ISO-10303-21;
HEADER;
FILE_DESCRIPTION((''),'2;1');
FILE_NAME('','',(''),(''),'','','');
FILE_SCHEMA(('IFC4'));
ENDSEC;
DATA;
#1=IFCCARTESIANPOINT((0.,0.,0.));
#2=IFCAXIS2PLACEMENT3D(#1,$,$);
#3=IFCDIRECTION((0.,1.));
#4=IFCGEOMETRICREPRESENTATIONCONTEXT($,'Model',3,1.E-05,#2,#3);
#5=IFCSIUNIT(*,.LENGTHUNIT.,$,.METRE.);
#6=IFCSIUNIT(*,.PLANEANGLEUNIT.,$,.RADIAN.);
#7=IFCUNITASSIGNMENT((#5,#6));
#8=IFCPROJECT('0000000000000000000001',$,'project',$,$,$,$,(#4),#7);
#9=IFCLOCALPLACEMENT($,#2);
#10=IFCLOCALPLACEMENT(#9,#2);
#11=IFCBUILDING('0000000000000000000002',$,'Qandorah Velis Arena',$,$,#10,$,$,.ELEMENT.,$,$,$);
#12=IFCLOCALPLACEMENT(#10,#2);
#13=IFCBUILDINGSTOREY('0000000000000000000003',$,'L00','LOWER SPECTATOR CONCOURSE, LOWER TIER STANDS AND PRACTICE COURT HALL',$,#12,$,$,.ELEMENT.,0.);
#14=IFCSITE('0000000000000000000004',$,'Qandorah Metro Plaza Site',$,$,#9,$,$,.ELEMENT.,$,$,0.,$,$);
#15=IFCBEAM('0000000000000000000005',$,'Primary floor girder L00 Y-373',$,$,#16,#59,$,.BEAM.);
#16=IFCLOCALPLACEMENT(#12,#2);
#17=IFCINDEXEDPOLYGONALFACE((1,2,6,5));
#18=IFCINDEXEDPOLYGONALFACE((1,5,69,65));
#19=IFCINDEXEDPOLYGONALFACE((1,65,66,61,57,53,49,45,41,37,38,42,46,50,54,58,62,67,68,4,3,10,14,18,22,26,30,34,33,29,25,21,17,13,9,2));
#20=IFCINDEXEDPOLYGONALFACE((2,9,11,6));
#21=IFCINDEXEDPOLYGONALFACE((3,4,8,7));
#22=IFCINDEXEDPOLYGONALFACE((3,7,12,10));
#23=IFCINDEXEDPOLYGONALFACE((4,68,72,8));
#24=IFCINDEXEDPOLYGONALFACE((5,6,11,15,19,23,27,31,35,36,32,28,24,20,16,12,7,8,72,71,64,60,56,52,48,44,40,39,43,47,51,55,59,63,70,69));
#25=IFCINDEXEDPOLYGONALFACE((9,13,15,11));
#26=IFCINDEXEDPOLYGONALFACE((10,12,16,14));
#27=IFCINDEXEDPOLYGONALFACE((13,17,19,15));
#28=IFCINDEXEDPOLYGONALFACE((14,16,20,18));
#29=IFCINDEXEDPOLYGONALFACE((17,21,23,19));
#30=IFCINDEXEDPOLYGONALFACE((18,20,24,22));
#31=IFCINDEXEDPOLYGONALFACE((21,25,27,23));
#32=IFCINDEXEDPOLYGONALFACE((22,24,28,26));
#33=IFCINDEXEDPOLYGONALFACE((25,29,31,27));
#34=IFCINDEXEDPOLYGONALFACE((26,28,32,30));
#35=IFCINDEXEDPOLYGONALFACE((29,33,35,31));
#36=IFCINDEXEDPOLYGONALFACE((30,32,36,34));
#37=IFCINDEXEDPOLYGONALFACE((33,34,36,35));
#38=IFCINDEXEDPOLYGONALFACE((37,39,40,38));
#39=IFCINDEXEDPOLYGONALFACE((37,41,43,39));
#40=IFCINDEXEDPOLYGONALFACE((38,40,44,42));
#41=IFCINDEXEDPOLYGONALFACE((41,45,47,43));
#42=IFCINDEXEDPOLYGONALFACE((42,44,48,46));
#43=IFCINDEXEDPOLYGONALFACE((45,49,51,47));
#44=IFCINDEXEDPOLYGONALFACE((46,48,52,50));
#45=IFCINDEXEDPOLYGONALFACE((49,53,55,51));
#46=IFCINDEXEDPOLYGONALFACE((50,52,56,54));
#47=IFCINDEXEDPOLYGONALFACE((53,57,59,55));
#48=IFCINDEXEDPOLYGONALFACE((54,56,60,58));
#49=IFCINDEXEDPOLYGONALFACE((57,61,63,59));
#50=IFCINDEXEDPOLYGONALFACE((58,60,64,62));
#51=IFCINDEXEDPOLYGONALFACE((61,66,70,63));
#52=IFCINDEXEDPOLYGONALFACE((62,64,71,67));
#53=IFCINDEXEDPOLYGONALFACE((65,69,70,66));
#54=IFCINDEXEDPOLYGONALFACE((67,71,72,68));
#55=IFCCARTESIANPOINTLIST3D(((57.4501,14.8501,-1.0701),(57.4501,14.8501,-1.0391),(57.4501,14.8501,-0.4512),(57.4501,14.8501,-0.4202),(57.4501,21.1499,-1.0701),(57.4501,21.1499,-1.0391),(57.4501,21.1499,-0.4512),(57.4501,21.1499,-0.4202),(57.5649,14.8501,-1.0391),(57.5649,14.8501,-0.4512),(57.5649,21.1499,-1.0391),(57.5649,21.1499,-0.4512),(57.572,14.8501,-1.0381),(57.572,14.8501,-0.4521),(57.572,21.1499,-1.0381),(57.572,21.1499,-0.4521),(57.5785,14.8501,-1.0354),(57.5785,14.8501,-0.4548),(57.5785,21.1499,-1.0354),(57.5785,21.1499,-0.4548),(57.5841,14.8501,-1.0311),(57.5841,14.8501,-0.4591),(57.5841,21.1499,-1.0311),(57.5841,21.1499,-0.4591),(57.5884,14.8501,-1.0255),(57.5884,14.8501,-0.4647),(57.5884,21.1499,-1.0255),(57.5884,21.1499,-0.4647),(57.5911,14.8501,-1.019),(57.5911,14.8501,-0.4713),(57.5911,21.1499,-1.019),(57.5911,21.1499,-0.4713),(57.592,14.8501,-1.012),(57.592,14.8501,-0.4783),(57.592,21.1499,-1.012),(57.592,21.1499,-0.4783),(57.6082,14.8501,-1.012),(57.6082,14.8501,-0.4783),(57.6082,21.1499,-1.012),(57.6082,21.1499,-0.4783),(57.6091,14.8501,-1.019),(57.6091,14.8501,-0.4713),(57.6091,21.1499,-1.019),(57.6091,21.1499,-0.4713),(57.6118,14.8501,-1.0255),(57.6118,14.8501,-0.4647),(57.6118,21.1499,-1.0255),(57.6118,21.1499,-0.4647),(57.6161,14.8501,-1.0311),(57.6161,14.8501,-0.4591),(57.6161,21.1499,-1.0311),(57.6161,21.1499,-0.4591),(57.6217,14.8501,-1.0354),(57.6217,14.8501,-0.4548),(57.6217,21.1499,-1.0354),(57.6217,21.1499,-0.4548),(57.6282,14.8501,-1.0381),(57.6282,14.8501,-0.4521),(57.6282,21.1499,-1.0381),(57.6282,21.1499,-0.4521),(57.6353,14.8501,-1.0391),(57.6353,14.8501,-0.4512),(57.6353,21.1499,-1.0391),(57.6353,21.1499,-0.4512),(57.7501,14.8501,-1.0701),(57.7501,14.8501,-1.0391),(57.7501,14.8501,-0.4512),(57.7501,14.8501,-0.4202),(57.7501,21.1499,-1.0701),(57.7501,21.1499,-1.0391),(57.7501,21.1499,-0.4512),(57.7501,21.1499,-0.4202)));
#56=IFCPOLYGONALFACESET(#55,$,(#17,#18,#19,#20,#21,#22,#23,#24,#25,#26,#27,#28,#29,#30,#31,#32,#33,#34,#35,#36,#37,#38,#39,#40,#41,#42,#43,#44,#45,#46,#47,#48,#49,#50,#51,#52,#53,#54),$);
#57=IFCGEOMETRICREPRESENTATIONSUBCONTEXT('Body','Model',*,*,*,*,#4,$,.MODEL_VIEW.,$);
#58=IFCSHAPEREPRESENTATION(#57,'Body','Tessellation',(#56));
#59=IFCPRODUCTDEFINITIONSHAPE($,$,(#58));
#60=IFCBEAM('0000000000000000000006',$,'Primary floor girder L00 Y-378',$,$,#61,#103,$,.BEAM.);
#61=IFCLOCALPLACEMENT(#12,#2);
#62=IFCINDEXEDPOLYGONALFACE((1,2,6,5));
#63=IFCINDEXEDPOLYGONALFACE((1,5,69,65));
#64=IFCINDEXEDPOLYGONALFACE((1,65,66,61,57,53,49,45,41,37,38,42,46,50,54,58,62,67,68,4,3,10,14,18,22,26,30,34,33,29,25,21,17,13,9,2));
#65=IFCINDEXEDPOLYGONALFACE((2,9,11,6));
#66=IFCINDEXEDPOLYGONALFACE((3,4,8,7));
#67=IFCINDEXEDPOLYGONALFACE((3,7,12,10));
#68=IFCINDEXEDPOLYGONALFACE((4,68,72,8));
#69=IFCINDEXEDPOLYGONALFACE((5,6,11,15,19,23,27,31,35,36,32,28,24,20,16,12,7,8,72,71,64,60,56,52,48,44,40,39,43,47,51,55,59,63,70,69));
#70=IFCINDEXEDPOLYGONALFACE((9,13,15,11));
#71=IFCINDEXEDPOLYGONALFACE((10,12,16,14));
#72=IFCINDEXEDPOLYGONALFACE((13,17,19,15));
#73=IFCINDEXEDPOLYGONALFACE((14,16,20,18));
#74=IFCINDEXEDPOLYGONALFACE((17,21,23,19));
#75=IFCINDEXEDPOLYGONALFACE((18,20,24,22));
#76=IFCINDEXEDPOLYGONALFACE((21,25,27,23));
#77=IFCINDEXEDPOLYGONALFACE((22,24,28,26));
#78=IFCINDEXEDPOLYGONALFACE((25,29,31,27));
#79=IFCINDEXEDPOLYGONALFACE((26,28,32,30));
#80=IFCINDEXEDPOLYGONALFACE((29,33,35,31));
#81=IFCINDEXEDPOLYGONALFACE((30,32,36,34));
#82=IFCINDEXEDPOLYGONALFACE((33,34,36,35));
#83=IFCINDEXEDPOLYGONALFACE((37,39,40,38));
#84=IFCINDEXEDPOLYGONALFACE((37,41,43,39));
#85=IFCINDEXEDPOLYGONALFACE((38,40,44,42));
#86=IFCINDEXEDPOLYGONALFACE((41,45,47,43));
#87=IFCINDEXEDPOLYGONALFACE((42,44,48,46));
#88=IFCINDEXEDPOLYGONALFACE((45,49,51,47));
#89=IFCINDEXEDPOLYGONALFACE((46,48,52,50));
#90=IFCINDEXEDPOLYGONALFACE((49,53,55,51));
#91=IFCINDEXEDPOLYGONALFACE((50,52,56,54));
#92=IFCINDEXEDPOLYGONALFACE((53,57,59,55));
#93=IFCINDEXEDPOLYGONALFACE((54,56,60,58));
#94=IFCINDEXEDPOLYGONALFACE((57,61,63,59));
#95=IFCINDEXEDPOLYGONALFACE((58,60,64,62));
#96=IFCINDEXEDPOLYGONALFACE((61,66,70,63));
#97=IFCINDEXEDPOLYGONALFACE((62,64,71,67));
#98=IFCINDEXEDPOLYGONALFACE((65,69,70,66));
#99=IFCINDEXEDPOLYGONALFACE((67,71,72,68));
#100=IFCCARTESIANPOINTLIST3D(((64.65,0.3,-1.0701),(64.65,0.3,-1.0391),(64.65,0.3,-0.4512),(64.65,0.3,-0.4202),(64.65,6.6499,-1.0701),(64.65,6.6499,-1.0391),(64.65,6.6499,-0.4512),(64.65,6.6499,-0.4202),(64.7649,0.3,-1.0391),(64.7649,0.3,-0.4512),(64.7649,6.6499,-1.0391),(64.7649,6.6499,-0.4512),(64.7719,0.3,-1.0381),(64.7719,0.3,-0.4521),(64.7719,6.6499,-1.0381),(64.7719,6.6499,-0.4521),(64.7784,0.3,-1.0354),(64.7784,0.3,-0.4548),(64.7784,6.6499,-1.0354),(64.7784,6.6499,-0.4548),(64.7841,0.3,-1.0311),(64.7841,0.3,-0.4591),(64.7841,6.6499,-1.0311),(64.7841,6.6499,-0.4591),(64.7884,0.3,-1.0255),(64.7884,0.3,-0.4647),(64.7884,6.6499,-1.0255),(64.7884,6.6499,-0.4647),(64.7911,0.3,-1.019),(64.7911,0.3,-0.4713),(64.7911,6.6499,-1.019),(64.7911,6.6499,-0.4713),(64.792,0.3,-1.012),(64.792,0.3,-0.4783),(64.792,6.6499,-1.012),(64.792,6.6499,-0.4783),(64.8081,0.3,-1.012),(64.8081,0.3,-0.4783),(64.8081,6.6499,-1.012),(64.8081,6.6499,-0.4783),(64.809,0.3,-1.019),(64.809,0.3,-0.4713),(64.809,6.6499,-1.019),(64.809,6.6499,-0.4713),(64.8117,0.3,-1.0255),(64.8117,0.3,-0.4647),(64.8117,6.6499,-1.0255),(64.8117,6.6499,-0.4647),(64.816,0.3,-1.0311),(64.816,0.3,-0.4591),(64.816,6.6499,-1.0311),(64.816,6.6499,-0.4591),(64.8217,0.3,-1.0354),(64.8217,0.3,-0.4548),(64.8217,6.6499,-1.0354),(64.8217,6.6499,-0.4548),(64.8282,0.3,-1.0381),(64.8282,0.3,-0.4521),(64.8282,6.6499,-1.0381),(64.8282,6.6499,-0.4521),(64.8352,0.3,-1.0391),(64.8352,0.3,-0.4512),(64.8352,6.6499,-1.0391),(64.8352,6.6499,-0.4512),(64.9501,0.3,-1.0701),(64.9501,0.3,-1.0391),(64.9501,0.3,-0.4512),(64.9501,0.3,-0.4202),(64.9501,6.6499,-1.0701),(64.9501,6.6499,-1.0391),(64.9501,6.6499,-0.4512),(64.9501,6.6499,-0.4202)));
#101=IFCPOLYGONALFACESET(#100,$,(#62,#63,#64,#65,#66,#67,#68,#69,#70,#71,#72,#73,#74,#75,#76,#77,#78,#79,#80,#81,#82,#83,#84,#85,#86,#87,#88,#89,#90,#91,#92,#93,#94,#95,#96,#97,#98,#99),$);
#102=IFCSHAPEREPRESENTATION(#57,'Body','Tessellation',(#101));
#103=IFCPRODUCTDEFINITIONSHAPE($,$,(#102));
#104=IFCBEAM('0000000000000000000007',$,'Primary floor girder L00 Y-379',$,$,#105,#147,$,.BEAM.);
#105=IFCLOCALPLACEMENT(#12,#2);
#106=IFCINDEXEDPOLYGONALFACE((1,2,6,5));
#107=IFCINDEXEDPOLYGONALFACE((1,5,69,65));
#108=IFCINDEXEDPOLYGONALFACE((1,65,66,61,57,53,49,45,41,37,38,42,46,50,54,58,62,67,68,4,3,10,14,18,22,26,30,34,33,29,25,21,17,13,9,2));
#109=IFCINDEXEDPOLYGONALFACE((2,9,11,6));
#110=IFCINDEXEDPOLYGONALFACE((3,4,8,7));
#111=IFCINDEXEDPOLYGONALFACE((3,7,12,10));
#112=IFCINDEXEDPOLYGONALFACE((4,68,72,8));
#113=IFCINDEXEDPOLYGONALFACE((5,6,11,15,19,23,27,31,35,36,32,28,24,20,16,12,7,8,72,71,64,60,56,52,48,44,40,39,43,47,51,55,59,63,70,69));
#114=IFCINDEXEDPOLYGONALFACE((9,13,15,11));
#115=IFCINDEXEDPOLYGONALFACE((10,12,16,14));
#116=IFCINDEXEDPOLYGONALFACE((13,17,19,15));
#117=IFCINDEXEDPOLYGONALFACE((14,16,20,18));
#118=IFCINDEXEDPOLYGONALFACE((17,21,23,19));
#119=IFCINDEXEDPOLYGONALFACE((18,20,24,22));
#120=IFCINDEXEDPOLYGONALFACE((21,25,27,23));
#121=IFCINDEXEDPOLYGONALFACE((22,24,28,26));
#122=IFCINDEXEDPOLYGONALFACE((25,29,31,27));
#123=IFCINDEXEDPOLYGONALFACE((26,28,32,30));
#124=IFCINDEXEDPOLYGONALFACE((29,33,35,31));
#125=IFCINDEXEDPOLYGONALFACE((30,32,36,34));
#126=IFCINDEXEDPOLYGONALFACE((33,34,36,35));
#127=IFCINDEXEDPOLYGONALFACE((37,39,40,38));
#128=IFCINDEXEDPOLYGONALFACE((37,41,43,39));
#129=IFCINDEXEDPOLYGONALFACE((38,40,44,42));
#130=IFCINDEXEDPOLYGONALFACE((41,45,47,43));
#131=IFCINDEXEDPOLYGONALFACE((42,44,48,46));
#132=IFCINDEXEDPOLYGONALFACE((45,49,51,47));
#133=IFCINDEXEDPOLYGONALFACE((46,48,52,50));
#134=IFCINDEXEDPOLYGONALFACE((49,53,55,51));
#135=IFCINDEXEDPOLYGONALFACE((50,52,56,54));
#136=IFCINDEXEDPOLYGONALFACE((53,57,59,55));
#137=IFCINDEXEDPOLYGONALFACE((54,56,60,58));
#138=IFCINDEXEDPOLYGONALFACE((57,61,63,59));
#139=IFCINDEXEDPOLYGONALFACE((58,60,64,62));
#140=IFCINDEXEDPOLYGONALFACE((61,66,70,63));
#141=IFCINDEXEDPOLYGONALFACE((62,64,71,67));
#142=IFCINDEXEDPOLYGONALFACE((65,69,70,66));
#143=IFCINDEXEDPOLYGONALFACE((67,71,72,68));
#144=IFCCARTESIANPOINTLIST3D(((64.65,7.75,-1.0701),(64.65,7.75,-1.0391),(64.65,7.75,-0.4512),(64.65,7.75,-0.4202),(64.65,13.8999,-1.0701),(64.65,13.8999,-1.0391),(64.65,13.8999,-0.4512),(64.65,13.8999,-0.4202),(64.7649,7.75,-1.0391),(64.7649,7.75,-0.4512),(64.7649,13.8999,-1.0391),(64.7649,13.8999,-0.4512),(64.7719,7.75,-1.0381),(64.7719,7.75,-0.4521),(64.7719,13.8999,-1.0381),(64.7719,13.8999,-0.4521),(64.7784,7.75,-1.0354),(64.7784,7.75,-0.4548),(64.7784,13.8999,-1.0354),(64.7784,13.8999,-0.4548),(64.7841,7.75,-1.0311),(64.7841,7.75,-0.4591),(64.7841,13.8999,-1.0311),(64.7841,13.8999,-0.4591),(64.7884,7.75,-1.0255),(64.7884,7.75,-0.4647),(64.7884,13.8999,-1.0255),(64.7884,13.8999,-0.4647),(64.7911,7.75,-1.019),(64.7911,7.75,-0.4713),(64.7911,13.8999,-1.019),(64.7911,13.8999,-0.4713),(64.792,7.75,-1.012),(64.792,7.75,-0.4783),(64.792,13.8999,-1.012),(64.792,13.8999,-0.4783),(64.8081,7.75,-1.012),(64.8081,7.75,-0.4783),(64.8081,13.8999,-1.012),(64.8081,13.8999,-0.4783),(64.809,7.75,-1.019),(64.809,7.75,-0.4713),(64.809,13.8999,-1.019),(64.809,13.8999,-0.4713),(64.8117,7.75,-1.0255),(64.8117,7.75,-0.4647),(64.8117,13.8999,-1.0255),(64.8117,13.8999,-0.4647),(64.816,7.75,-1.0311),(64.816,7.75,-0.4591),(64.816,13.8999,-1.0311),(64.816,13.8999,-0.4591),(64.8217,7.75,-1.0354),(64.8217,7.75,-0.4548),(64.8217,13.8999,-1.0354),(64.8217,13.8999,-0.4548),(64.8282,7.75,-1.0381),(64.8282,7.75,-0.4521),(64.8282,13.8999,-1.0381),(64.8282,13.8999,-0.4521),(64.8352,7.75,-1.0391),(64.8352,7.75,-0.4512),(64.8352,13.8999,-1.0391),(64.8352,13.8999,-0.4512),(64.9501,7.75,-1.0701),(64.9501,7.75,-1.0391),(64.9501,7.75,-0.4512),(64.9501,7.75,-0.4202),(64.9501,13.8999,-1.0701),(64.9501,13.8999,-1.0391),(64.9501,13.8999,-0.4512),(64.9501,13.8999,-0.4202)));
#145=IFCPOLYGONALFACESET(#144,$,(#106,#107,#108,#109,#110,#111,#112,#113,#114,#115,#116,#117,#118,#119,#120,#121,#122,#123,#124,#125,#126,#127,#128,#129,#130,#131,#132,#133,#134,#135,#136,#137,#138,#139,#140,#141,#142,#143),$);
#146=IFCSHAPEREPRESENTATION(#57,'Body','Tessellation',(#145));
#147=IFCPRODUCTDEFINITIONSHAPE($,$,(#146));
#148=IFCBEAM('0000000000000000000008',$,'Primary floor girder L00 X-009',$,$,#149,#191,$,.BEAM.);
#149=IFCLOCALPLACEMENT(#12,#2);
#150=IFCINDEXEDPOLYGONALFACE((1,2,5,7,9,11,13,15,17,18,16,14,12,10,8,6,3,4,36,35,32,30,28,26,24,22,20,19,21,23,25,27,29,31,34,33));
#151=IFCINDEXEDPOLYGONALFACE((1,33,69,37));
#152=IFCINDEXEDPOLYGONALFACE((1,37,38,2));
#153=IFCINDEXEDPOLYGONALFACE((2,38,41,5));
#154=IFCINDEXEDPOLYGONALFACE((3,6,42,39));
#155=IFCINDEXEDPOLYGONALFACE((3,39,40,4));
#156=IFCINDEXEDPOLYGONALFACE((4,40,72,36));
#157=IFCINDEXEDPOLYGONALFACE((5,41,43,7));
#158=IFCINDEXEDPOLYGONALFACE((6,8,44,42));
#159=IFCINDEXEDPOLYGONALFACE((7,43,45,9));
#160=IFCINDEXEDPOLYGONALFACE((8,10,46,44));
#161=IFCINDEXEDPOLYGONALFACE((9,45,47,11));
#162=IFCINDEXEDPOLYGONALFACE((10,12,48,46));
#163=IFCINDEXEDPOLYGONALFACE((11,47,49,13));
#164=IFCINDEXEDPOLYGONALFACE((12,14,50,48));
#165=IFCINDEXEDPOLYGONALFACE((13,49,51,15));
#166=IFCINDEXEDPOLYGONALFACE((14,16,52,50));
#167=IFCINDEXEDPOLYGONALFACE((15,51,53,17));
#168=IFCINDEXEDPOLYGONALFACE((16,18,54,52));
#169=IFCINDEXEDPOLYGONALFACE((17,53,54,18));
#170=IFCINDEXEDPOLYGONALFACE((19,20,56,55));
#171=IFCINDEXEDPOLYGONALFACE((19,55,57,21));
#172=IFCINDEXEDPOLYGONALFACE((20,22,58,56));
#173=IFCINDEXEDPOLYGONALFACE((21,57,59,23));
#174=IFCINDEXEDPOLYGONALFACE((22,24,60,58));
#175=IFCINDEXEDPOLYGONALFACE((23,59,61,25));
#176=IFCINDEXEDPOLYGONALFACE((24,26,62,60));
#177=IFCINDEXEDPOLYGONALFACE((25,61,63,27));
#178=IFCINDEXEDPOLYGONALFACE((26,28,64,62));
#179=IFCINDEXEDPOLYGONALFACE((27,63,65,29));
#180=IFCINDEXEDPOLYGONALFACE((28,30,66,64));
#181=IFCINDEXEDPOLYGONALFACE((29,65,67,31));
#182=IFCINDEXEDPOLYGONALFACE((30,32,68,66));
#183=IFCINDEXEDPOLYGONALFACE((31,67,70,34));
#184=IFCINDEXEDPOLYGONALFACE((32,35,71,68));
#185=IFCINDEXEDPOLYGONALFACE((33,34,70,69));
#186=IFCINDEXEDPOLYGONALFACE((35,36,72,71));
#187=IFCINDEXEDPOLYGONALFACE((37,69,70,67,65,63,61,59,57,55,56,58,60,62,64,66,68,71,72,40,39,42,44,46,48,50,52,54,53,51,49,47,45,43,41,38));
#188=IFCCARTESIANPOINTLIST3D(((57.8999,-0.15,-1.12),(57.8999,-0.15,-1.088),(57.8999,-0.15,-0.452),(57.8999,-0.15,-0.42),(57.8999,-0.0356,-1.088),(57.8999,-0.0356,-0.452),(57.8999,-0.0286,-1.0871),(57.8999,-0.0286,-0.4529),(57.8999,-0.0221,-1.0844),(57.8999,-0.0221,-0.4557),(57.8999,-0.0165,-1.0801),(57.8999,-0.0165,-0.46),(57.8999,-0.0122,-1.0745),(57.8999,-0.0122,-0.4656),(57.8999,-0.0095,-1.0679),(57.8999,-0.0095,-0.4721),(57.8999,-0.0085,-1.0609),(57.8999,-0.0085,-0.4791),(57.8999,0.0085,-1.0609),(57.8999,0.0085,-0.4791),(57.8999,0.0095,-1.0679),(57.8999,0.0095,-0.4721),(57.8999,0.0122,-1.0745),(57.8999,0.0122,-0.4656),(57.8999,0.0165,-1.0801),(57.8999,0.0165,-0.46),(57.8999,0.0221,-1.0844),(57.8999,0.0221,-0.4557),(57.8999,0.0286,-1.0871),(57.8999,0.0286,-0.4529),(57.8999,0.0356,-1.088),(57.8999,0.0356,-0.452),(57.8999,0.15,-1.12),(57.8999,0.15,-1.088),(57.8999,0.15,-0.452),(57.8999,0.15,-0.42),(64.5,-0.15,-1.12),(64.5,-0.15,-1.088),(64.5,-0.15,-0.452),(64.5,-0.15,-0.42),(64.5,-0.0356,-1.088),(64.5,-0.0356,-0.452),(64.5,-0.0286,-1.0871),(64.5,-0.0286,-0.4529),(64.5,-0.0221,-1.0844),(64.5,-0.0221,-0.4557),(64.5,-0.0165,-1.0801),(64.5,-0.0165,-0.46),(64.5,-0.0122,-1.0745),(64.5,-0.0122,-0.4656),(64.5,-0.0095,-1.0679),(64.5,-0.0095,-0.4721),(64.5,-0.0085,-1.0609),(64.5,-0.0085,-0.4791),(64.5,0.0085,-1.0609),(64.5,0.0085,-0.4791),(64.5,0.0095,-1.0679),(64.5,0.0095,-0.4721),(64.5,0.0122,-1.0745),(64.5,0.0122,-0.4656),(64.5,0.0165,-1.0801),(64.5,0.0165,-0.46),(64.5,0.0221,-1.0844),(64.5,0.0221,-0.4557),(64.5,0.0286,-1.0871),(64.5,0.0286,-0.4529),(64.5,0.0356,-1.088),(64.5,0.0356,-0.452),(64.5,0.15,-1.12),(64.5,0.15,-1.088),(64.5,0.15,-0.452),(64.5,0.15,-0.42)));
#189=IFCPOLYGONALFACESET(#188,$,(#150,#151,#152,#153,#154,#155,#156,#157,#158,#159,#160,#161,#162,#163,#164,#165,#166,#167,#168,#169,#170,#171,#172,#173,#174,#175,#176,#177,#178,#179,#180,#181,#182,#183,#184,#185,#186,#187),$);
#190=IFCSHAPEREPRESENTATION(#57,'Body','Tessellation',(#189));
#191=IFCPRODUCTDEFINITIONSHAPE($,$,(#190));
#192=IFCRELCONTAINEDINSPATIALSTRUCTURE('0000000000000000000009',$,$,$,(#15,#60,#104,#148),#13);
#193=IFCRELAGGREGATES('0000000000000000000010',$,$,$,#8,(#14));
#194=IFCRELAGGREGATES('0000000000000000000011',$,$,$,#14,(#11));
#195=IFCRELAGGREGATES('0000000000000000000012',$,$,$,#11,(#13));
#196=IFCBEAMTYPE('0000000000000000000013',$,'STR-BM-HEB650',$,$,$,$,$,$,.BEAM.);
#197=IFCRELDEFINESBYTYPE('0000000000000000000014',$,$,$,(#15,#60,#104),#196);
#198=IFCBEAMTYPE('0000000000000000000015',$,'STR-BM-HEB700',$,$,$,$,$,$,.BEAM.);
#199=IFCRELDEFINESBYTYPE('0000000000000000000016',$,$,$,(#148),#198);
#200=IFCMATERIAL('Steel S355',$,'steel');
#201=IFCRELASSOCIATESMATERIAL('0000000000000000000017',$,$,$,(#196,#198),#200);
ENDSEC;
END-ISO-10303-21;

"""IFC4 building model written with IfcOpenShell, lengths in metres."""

from ifc_helpers import new_model, si_unit, direction, frame, origin, origin_2d, place, context, subcontext, project, spatial, i_section, extrude, material, material_profile, profile_set, type_object, element, save


model = new_model("IFC4")

# Units and contexts
model_context = context("Model", 3, precision=1e-05, world=origin(), true_north=direction((0.0, 1.0)))
body_context = subcontext(model_context, "Body", "Model", "MODEL_VIEW")
ifc_project = project(units=[si_unit("LENGTHUNIT", "METRE"), si_unit("PLANEANGLEUNIT", "RADIAN")], contexts=[model_context])

# Site, building, storey
site_placement = place(None, origin())
site = spatial("IfcSite", under=ifc_project, at=site_placement, Name="Qandorah Metro Plaza Site", CompositionType="ELEMENT", RefElevation=0.0)
building_placement = place(site_placement, origin())
building = spatial("IfcBuilding", under=site, at=building_placement, Name="Qandorah Velis Arena", CompositionType="ELEMENT")
storey_placement = place(building_placement, origin())
storey = spatial("IfcBuildingStorey", under=building, at=storey_placement, Name="L00", Description="LOWER SPECTATOR CONCOURSE, LOWER TIER STANDS AND PRACTICE COURT HALL", CompositionType="ELEMENT", Elevation=0.0)

# Beams
ifc_material_1 = material(Name="Steel S355", Category="steel")
ifc_material_profile_1 = material_profile(ifc_material_1, i_section(OverallWidth=0.3, OverallDepth=0.6499, WebThickness=0.0161, FlangeThickness=0.031, FilletRadius=0.0271, at=origin_2d()), Name="HEB 650")
ifc_profile_set_1 = profile_set([ifc_material_profile_1], Name="Steel S355")
beam_type_1 = type_object("IfcBeamType", Name="STR-BM-HEB650", PredefinedType="BEAM", material=ifc_profile_set_1)
beam_1_placement = place(storey_placement, frame((57.6001, 14.8501, -0.7451), z_axis=(0.0, 1.0, 0.0), x_axis=(-1.0, 0.0, 0.0)))
element("IfcBeam", 1, at=beam_1_placement, inside=storey, type_object=beam_type_1, Name="Primary floor girder L00 Y-373", PredefinedType="BEAM", context=body_context, shape_type="SweptSolid", body=[
    extrude(i_section(OverallWidth=0.3, OverallDepth=0.6499, WebThickness=0.0161, FlangeThickness=0.031, FilletRadius=0.0271, at=origin_2d()), origin(), (0.0, 0.0, 1.0), 6.2998),
])
beam_2_placement = place(storey_placement, frame((64.8, 0.3, -0.7451), z_axis=(0.0, 1.0, 0.0), x_axis=(-1.0, 0.0, 0.0)))
element("IfcBeam", 2, at=beam_2_placement, inside=storey, type_object=beam_type_1, Name="Primary floor girder L00 Y-378", PredefinedType="BEAM", context=body_context, shape_type="SweptSolid", body=[
    extrude(i_section(OverallWidth=0.3, OverallDepth=0.6499, WebThickness=0.0161, FlangeThickness=0.031, FilletRadius=0.0271, at=origin_2d()), origin(), (0.0, 0.0, 1.0), 6.3499),
])
beam_3_placement = place(storey_placement, frame((64.8, 7.75, -0.7451), z_axis=(0.0, 1.0, 0.0), x_axis=(-1.0, 0.0, 0.0)))
element("IfcBeam", 3, at=beam_3_placement, inside=storey, type_object=beam_type_1, Name="Primary floor girder L00 Y-379", PredefinedType="BEAM", context=body_context, shape_type="SweptSolid", body=[
    extrude(i_section(OverallWidth=0.3, OverallDepth=0.6499, WebThickness=0.0161, FlangeThickness=0.031, FilletRadius=0.0271, at=origin_2d()), origin(), (0.0, 0.0, 1.0), 6.1499),
])
ifc_material_profile_2 = material_profile(ifc_material_1, i_section(OverallWidth=0.3, OverallDepth=0.7, WebThickness=0.0171, FlangeThickness=0.032, FilletRadius=0.0271, at=origin_2d()), Name="HEB 700")
ifc_profile_set_2 = profile_set([ifc_material_profile_2], Name="Steel S355")
beam_type_2 = type_object("IfcBeamType", Name="STR-BM-HEB700", PredefinedType="BEAM", material=ifc_profile_set_2)
beam_4_placement = place(storey_placement, frame((57.8999, 0.0, -0.77), z_axis=(1.0, 0.0, 0.0), x_axis=(0.0, 1.0, 0.0)))
element("IfcBeam", 4, at=beam_4_placement, inside=storey, type_object=beam_type_2, Name="Primary floor girder L00 X-009", PredefinedType="BEAM", context=body_context, shape_type="SweptSolid", body=[
    extrude(i_section(OverallWidth=0.3, OverallDepth=0.7, WebThickness=0.0171, FlangeThickness=0.032, FilletRadius=0.0271, at=origin_2d()), origin(), (0.0, 0.0, 1.0), 6.6001),
])

save(model, "model.ifc")
